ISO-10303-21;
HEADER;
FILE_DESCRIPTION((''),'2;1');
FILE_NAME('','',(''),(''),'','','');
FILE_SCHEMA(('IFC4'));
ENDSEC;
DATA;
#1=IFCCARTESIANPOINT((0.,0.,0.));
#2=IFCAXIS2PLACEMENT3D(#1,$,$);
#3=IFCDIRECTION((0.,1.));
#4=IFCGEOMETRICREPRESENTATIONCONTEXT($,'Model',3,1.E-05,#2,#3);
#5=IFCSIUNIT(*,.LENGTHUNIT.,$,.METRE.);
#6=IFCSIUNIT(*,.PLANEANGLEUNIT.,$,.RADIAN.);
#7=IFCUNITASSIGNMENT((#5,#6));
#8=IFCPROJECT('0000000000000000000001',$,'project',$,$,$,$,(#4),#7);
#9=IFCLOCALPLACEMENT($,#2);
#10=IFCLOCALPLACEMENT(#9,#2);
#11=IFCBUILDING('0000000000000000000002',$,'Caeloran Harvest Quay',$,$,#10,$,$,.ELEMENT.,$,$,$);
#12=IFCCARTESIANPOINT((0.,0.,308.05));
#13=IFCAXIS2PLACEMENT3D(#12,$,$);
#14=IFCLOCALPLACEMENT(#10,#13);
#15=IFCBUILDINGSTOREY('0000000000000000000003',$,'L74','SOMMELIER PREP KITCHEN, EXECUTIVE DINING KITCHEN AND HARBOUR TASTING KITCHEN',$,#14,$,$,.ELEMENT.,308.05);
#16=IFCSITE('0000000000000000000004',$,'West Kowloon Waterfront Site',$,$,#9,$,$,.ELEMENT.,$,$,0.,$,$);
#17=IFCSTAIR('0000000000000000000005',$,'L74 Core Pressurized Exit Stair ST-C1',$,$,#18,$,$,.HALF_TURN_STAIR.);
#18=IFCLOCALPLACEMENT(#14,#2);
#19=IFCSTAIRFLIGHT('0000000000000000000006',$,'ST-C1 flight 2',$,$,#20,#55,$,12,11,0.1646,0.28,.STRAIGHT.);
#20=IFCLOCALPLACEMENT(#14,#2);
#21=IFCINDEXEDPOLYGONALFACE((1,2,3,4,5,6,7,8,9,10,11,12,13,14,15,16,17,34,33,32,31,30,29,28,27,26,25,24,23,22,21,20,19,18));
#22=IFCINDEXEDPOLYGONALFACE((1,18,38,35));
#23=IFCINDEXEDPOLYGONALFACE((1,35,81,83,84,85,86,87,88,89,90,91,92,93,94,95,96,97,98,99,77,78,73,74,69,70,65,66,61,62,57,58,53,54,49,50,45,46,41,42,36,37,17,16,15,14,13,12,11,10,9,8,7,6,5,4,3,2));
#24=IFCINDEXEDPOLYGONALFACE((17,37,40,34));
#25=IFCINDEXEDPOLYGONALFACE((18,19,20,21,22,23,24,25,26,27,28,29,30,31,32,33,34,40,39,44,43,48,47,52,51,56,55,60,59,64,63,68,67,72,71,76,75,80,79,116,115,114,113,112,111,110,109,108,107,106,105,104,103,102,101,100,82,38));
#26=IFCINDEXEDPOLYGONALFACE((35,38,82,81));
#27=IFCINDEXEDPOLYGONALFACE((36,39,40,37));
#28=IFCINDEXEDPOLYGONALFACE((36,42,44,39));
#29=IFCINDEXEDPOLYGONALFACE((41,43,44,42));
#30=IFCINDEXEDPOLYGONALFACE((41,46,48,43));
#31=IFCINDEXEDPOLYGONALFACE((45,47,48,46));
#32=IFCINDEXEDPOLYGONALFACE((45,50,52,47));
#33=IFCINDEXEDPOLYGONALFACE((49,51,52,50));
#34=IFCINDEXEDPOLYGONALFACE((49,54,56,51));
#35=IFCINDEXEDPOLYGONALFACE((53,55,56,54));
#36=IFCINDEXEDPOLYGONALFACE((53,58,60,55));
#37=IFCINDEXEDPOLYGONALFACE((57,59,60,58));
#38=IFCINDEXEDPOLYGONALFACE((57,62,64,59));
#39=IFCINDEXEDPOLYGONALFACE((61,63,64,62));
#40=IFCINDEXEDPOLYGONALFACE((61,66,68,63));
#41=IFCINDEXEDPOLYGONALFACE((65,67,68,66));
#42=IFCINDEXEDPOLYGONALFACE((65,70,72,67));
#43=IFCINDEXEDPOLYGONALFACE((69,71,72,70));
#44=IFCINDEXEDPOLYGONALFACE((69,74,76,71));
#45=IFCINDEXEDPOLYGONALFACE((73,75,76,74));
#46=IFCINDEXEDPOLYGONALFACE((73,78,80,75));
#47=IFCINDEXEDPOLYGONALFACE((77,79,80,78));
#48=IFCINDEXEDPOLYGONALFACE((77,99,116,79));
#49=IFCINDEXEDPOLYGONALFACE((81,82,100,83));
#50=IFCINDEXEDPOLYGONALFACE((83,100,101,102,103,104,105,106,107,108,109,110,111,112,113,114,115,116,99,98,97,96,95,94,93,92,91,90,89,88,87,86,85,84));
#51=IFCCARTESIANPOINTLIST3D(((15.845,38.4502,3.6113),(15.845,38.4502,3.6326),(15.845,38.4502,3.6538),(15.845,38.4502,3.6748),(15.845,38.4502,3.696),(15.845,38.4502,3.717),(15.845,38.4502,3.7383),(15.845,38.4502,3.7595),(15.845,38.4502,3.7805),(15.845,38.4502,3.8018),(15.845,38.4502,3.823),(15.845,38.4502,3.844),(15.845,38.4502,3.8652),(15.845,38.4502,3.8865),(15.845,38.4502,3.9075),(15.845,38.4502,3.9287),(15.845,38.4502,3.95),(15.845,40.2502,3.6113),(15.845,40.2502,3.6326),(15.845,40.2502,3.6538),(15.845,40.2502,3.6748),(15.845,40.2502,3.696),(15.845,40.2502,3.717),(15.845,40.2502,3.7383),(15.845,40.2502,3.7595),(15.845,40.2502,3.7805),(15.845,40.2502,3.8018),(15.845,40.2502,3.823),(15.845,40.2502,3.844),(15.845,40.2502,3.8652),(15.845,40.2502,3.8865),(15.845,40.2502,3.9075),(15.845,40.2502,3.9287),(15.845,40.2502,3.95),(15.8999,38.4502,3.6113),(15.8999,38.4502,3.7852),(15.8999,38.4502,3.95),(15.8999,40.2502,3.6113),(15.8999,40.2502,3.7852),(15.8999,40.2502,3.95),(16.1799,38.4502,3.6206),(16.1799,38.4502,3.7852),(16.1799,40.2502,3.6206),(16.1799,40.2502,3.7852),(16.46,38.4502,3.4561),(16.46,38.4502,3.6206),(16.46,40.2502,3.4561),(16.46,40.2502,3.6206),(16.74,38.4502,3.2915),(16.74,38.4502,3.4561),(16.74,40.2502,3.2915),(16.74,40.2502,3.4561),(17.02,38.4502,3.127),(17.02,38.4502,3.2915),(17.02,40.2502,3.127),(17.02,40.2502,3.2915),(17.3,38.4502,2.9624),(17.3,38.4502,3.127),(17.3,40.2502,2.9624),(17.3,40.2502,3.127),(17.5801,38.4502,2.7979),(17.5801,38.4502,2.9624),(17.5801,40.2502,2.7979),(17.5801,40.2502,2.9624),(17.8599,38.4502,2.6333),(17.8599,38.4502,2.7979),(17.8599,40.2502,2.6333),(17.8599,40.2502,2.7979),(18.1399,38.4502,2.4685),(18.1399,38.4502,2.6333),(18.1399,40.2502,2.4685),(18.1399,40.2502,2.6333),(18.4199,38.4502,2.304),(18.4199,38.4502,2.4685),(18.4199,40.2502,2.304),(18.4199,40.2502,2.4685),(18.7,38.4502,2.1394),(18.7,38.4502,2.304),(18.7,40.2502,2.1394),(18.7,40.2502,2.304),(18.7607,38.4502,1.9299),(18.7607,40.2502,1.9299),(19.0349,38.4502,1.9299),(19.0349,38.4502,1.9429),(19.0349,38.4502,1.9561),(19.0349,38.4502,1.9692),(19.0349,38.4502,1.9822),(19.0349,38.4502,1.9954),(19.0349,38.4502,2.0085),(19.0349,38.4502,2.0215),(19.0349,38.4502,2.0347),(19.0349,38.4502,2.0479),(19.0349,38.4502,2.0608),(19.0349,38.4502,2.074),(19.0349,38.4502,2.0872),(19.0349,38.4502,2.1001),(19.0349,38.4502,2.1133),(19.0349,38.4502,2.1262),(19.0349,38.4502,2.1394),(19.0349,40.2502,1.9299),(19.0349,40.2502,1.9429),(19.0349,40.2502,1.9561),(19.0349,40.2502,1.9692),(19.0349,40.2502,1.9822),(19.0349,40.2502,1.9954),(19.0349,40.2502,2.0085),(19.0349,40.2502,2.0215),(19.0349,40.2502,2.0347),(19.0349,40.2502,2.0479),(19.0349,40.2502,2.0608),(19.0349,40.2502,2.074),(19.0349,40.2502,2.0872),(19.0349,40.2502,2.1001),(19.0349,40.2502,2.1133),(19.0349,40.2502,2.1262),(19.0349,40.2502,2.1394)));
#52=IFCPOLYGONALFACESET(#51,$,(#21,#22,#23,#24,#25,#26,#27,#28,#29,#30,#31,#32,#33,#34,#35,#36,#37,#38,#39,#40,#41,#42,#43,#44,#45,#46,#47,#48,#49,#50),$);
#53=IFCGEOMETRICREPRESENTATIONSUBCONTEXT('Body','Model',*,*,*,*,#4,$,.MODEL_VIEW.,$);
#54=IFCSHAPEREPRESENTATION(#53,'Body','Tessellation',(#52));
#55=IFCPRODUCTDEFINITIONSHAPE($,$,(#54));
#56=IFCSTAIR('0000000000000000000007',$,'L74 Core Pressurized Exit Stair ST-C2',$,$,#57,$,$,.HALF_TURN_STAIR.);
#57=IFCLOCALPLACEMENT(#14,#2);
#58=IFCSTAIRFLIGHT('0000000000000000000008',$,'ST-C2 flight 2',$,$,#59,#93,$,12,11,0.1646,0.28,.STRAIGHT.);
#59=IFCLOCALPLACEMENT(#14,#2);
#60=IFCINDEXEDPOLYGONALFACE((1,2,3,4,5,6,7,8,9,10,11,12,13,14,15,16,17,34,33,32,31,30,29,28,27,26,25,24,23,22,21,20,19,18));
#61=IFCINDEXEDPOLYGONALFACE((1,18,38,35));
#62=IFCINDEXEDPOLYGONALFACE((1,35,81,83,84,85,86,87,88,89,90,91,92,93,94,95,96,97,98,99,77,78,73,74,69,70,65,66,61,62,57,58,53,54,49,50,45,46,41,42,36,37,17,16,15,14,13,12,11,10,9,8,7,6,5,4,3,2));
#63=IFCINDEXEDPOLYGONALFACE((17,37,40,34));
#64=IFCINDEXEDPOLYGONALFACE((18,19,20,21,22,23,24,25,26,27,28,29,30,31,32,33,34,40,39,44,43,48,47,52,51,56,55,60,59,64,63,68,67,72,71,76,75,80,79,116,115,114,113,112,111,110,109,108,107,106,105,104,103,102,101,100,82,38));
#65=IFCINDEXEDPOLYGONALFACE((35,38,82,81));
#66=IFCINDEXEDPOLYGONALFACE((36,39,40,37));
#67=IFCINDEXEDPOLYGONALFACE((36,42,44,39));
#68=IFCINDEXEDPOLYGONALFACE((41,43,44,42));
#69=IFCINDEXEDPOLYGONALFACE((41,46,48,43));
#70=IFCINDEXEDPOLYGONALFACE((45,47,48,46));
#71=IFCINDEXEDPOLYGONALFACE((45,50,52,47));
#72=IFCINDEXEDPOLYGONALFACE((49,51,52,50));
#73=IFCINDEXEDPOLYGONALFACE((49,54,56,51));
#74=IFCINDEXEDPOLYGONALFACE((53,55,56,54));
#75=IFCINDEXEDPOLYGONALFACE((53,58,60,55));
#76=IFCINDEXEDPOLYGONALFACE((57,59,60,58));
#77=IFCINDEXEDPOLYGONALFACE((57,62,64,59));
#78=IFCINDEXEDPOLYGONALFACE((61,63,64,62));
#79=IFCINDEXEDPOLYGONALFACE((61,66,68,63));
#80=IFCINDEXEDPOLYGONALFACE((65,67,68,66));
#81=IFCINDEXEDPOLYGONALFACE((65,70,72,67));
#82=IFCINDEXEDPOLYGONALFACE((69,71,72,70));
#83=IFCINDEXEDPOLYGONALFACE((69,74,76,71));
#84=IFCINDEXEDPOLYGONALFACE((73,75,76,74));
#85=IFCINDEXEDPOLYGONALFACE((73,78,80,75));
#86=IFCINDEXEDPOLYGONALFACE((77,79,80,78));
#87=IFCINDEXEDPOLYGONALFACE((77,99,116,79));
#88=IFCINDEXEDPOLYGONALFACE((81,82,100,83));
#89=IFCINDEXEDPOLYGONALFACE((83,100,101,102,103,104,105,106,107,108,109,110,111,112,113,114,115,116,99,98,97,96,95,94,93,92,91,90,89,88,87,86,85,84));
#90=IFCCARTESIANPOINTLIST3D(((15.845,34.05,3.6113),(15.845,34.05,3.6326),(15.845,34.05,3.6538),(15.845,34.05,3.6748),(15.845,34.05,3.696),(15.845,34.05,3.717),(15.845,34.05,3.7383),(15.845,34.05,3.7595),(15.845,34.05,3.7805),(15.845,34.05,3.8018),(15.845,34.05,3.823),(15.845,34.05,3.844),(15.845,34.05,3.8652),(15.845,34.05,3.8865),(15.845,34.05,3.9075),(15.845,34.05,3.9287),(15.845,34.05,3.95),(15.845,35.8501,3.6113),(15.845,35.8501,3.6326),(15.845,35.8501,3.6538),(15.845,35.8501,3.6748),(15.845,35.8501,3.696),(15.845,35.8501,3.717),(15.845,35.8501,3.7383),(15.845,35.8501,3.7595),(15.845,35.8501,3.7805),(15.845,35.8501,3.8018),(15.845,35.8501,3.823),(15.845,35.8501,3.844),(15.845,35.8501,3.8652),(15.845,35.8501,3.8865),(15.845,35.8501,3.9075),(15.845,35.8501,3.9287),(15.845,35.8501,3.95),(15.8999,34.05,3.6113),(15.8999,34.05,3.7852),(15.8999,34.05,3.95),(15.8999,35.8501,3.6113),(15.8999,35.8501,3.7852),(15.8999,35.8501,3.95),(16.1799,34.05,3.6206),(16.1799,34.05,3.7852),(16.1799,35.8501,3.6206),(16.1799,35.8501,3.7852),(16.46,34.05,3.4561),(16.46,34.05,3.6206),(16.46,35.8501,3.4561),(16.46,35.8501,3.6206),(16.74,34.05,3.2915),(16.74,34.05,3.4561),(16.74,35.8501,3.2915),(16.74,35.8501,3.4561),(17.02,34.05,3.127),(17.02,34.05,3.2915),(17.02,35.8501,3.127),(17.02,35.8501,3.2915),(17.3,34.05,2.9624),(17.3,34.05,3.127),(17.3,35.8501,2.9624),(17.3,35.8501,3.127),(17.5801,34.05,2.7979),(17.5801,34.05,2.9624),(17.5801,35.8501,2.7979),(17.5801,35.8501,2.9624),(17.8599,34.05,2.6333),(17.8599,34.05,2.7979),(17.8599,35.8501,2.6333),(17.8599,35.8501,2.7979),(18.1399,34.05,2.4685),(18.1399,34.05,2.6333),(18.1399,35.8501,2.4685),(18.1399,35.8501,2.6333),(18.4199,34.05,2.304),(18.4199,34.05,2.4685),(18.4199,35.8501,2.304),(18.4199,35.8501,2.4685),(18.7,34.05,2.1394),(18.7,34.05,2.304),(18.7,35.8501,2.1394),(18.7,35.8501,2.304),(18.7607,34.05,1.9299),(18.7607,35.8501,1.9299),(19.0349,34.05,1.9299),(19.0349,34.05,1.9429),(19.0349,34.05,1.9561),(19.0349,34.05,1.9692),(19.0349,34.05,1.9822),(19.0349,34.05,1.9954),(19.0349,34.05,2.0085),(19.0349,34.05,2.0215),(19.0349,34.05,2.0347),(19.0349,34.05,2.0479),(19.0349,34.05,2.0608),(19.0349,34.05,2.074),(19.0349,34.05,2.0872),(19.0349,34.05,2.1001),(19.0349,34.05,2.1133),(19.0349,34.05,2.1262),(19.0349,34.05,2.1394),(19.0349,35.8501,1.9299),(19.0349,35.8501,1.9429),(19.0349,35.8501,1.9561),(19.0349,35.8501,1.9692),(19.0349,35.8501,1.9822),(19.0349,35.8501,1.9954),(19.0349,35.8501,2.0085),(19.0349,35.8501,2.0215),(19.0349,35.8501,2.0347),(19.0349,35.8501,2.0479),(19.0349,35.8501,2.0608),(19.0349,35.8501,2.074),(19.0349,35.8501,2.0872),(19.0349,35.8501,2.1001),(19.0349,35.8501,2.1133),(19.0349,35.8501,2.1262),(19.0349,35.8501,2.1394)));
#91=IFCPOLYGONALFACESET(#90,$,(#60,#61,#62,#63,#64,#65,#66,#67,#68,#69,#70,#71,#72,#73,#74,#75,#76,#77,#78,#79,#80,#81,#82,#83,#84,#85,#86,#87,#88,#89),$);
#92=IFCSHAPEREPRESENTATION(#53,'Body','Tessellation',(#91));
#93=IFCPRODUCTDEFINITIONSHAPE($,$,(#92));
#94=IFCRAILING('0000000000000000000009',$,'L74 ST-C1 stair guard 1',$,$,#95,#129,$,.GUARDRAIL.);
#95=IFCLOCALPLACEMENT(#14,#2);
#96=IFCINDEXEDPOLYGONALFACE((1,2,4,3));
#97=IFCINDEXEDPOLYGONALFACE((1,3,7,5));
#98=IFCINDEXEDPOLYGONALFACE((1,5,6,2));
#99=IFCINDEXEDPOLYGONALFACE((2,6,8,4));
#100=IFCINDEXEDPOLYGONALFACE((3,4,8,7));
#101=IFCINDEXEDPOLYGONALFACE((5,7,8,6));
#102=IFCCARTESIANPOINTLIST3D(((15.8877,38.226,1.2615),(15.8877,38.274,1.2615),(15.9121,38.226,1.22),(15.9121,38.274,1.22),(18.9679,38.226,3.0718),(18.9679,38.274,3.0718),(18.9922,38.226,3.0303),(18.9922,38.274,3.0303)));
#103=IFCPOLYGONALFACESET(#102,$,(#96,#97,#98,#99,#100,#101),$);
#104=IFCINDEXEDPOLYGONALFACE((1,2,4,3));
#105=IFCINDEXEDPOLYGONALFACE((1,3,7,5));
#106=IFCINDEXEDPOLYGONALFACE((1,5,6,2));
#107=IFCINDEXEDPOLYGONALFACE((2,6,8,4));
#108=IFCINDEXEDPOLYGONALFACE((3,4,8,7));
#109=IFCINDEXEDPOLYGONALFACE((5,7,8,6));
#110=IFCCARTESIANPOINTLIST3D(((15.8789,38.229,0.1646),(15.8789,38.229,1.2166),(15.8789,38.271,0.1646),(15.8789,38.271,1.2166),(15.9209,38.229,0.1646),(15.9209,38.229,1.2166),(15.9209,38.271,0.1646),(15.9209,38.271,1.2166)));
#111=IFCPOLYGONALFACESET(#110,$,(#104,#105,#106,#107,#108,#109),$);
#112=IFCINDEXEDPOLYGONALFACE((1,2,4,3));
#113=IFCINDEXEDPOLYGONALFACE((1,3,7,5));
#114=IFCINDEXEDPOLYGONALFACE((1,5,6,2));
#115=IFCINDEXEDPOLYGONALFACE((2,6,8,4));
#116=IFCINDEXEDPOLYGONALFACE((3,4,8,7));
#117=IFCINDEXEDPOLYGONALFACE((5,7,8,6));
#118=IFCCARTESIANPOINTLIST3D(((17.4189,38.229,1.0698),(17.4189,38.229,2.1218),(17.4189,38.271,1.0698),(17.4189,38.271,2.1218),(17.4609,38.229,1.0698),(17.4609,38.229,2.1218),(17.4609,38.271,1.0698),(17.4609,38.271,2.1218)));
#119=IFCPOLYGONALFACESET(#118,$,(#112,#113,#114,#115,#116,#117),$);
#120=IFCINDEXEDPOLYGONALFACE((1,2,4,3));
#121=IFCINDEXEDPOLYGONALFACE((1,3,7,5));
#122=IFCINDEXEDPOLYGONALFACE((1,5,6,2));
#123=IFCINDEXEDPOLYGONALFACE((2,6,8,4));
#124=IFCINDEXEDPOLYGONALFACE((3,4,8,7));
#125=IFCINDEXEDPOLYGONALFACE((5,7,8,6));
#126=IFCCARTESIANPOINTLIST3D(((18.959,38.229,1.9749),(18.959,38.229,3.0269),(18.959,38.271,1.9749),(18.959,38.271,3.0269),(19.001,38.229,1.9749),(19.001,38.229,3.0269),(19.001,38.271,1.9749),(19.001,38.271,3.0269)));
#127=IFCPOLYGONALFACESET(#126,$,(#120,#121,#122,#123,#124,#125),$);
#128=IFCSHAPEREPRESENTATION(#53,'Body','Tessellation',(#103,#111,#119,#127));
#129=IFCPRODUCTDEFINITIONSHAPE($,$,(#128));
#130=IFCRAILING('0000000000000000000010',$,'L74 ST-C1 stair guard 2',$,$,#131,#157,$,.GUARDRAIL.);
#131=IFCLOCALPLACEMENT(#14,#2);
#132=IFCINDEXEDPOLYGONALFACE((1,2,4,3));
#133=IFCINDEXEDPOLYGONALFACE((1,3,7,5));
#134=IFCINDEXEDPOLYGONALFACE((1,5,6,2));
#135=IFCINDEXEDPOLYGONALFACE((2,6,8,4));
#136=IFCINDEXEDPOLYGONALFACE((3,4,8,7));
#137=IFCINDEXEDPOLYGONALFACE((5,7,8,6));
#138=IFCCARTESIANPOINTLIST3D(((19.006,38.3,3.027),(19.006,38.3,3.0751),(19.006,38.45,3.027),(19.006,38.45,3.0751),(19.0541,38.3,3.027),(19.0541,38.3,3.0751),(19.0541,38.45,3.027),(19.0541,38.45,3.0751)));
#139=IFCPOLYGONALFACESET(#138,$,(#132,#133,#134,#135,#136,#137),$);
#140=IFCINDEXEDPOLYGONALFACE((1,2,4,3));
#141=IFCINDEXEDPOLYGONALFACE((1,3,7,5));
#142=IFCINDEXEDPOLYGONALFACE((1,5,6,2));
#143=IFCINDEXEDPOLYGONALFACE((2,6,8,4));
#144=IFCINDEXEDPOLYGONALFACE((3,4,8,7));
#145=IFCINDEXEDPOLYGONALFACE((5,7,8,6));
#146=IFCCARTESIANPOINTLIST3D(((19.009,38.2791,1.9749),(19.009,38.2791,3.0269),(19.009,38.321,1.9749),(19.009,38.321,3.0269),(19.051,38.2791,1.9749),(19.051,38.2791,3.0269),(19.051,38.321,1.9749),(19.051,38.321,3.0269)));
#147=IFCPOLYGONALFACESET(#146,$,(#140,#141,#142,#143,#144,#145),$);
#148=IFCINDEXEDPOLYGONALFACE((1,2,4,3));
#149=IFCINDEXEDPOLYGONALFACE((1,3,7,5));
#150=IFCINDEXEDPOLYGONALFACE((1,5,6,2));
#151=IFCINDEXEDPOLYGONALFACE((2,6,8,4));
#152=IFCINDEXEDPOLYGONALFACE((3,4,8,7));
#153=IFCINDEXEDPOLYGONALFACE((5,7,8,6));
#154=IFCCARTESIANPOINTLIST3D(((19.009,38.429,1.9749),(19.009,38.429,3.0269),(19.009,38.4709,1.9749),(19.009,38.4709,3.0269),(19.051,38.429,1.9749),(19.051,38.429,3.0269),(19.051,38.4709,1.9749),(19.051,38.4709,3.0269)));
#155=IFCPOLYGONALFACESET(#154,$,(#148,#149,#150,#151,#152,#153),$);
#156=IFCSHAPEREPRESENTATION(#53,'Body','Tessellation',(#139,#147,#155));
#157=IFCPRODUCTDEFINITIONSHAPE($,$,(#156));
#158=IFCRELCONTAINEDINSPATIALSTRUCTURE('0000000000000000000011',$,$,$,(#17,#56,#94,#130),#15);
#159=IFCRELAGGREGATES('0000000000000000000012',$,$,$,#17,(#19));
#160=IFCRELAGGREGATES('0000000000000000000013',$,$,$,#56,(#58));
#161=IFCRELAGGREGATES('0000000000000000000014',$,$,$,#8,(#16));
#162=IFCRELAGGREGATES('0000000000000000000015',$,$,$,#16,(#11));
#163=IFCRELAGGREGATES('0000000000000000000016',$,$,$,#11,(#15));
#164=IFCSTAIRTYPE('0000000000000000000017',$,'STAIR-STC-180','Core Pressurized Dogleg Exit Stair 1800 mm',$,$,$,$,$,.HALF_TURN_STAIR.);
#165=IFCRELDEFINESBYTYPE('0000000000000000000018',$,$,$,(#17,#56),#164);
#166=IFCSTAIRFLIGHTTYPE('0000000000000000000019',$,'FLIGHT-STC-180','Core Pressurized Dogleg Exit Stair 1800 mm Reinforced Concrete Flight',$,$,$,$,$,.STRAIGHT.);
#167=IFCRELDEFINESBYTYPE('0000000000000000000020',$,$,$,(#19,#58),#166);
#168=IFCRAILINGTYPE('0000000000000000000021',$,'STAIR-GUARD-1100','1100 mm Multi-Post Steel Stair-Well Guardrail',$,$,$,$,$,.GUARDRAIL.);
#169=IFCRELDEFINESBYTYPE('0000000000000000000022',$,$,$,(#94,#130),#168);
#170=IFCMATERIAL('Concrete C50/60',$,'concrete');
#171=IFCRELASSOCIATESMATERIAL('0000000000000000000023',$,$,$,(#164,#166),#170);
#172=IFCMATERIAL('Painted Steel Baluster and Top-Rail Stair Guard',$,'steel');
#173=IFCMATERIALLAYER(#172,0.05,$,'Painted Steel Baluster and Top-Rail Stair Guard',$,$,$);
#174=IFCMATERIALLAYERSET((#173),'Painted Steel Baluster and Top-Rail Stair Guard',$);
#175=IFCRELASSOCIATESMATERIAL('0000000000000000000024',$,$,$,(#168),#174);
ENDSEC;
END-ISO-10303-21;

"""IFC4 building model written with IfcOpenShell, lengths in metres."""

from ifc_helpers import new_model, si_unit, direction, frame, origin, origin_2d, place, context, subcontext, project, spatial, polyline, rectangle, outline, extrude, material, layer, layer_set, type_object, element, aggregate, save


model = new_model("IFC4")

# Units and contexts
model_context = context("Model", 3, precision=1e-05, world=origin(), true_north=direction((0.0, 1.0)))
body_context = subcontext(model_context, "Body", "Model", "MODEL_VIEW")
ifc_project = project(units=[si_unit("LENGTHUNIT", "METRE"), si_unit("PLANEANGLEUNIT", "RADIAN")], contexts=[model_context])

# Site, building, storey
site_placement = place(None, origin())
site = spatial("IfcSite", under=ifc_project, at=site_placement, Name="West Kowloon Waterfront Site", CompositionType="ELEMENT", RefElevation=0.0)
building_placement = place(site_placement, origin())
building = spatial("IfcBuilding", under=site, at=building_placement, Name="Caeloran Harvest Quay", CompositionType="ELEMENT")
storey_placement = place(building_placement, frame((0.0, 0.0, 308.05)))
storey = spatial("IfcBuildingStorey", under=building, at=storey_placement, Name="L74", Description="SOMMELIER PREP KITCHEN, EXECUTIVE DINING KITCHEN AND HARBOUR TASTING KITCHEN", CompositionType="ELEMENT", Elevation=308.05)

# Shared definitions
ifc_material_1 = material(Name="Concrete C50/60", Category="concrete")

# Stair, stair flight
stair_type = type_object("IfcStairType", Name="STAIR-STC-180", Description="Core Pressurized Dogleg Exit Stair 1800 mm", PredefinedType="HALF_TURN_STAIR", material=ifc_material_1)
stair_1_placement = place(storey_placement, origin())
stair_1 = element("IfcStair", 1, at=stair_1_placement, inside=storey, type_object=stair_type, Name="L74 Core Pressurized Exit Stair ST-C1", PredefinedType="HALF_TURN_STAIR")
stair_flight_type = type_object("IfcStairFlightType", Name="FLIGHT-STC-180", Description="Core Pressurized Dogleg Exit Stair 1800 mm Reinforced Concrete Flight", PredefinedType="STRAIGHT", material=ifc_material_1)
stair_flight_1_placement = place(storey_placement, frame((18.98, 39.3501, 1.9749), z_axis=(0.0, 0.0, 1.0), x_axis=(-1.0, 0.0, 0.0)))
stair_flight_1 = element("IfcStairFlight", 2, at=stair_flight_1_placement, type_object=stair_flight_type, Name="ST-C1 flight 2", NumberOfRisers=12, NumberOfTreads=11, PredefinedType="STRAIGHT", RiserHeight=0.1646, TreadLength=0.28, context=body_context, shape_type="SweptSolid", body=[
    extrude(outline(polyline([(-0.0549, -0.0449), (-0.0549, -0.032), (-0.0549, -0.0188), (-0.0549, -0.0056), (-0.0549, 0.0073), (-0.0549, 0.0205), (-0.0549, 0.0337), (-0.0549, 0.0466), (-0.0549, 0.0598), (-0.0549, 0.073), (-0.0549, 0.0859), (-0.0549, 0.0991), (-0.0549, 0.1123), (-0.0549, 0.1252), (-0.0549, 0.1384), (-0.0549, 0.1514), (-0.0549, 0.1646), (0.28, 0.1646), (0.28, 0.3291), (0.5601, 0.3291), (0.5601, 0.4937), (0.8401, 0.4937), (0.8401, 0.6584), (1.1201, 0.6584), (1.1201, 0.823), (1.3999, 0.823), (1.3999, 0.9875), (1.6799, 0.9875), (1.6799, 1.1521), (1.96, 1.1521), (1.96, 1.3167), (2.24, 1.3167), (2.24, 1.4812), (2.52, 1.4812), (2.52, 1.6458), (2.8, 1.6458), (2.8, 1.8103), (3.0801, 1.8103), (3.0801, 1.9751), (3.135, 1.9751), (3.135, 1.9539), (3.135, 1.9326), (3.135, 1.9116), (3.135, 1.8904), (3.135, 1.8691), (3.135, 1.8481), (3.135, 1.8269), (3.135, 1.8057), (3.135, 1.7847), (3.135, 1.7634), (3.135, 1.7422), (3.135, 1.7212), (3.135, 1.7), (3.135, 1.679), (3.135, 1.6577), (3.135, 1.6365), (3.0801, 1.6365), (0.2192, -0.0449), (-0.0549, -0.0449)])), frame((0.0, 0.8999, 0.0), z_axis=(0.0, -1.0, 0.0), x_axis=(1.0, 0.0, 0.0)), (0.0, 0.0, 1.0), 1.8),
])
aggregate(stair_1, [stair_flight_1])

# Stair, stair flight
stair_2_placement = place(storey_placement, origin())
stair_2 = element("IfcStair", 3, at=stair_2_placement, inside=storey, type_object=stair_type, Name="L74 Core Pressurized Exit Stair ST-C2", PredefinedType="HALF_TURN_STAIR")
stair_flight_2_placement = place(storey_placement, frame((18.98, 34.95, 1.9749), z_axis=(0.0, 0.0, 1.0), x_axis=(-1.0, 0.0, 0.0)))
stair_flight_2 = element("IfcStairFlight", 4, at=stair_flight_2_placement, type_object=stair_flight_type, Name="ST-C2 flight 2", NumberOfRisers=12, NumberOfTreads=11, PredefinedType="STRAIGHT", RiserHeight=0.1646, TreadLength=0.28, context=body_context, shape_type="SweptSolid", body=[
    extrude(outline(polyline([(-0.0549, -0.0449), (-0.0549, -0.032), (-0.0549, -0.0188), (-0.0549, -0.0056), (-0.0549, 0.0073), (-0.0549, 0.0205), (-0.0549, 0.0337), (-0.0549, 0.0466), (-0.0549, 0.0598), (-0.0549, 0.073), (-0.0549, 0.0859), (-0.0549, 0.0991), (-0.0549, 0.1123), (-0.0549, 0.1252), (-0.0549, 0.1384), (-0.0549, 0.1514), (-0.0549, 0.1646), (0.28, 0.1646), (0.28, 0.3291), (0.5601, 0.3291), (0.5601, 0.4937), (0.8401, 0.4937), (0.8401, 0.6584), (1.1201, 0.6584), (1.1201, 0.823), (1.3999, 0.823), (1.3999, 0.9875), (1.6799, 0.9875), (1.6799, 1.1521), (1.96, 1.1521), (1.96, 1.3167), (2.24, 1.3167), (2.24, 1.4812), (2.52, 1.4812), (2.52, 1.6458), (2.8, 1.6458), (2.8, 1.8103), (3.0801, 1.8103), (3.0801, 1.9751), (3.135, 1.9751), (3.135, 1.9539), (3.135, 1.9326), (3.135, 1.9116), (3.135, 1.8904), (3.135, 1.8691), (3.135, 1.8481), (3.135, 1.8269), (3.135, 1.8057), (3.135, 1.7847), (3.135, 1.7634), (3.135, 1.7422), (3.135, 1.7212), (3.135, 1.7), (3.135, 1.679), (3.135, 1.6577), (3.135, 1.6365), (3.0801, 1.6365), (0.2192, -0.0449), (-0.0549, -0.0449)])), frame((0.0, 0.8999, 0.0), z_axis=(0.0, -1.0, 0.0), x_axis=(1.0, 0.0, 0.0)), (0.0, 0.0, 1.0), 1.8),
])
aggregate(stair_2, [stair_flight_2])

# Railings
ifc_material_2 = material(Name="Painted Steel Baluster and Top-Rail Stair Guard", Category="steel")
ifc_layer_1 = layer(ifc_material_2, 0.05, Name="Painted Steel Baluster and Top-Rail Stair Guard")
ifc_layer_set_1 = layer_set([ifc_layer_1], Name="Painted Steel Baluster and Top-Rail Stair Guard")
railing_type_1 = type_object("IfcRailingType", Name="STAIR-GUARD-1100", Description="1100 mm Multi-Post Steel Stair-Well Guardrail", PredefinedType="GUARDRAIL", material=ifc_layer_set_1)
railing_1_placement = place(storey_placement, frame((15.8999, 38.25, 0.1646)))
element("IfcRailing", 5, at=railing_1_placement, inside=storey, type_object=railing_type_1, Name="L74 ST-C1 stair guard 1", PredefinedType="GUARDRAIL", context=body_context, shape_type="SweptSolid", body=[
    extrude(rectangle(XDim=0.0481, YDim=0.0481, at=origin_2d()), frame((0.0, 0.0, 1.0762), z_axis=(0.862119, 0.0, 0.506707), x_axis=(0.0, 1.0, 0.0)), (0.0, 0.0, 1.0), 3.5728),
    extrude(rectangle(XDim=0.042, YDim=0.042, at=origin_2d()), origin(), (0.0, 0.0, 1.0), 1.052),
    extrude(rectangle(XDim=0.042, YDim=0.042, at=origin_2d()), frame((1.54, 0.0, 0.9053)), (0.0, 0.0, 1.0), 1.052),
    extrude(rectangle(XDim=0.042, YDim=0.042, at=origin_2d()), frame((3.0801, 0.0, 1.8103)), (0.0, 0.0, 1.0), 1.052),
])
railing_2_placement = place(storey_placement, frame((19.03, 38.3, 1.9749)))
element("IfcRailing", 6, at=railing_2_placement, inside=storey, type_object=railing_type_1, Name="L74 ST-C1 stair guard 2", PredefinedType="GUARDRAIL", context=body_context, shape_type="SweptSolid", body=[
    extrude(rectangle(XDim=0.0481, YDim=0.0481, at=origin_2d()), frame((0.0, 0.0, 1.0762), z_axis=(0.0, 1.0, 0.0), x_axis=(-1.0, 0.0, 0.0)), (0.0, 0.0, 1.0), 0.1499),
    extrude(rectangle(XDim=0.042, YDim=0.042, at=origin_2d()), origin(), (0.0, 0.0, 1.0), 1.052),
    extrude(rectangle(XDim=0.042, YDim=0.042, at=origin_2d()), frame((0.0, 0.1499, 0.0)), (0.0, 0.0, 1.0), 1.052),
])

save(model, "model.ifc")
